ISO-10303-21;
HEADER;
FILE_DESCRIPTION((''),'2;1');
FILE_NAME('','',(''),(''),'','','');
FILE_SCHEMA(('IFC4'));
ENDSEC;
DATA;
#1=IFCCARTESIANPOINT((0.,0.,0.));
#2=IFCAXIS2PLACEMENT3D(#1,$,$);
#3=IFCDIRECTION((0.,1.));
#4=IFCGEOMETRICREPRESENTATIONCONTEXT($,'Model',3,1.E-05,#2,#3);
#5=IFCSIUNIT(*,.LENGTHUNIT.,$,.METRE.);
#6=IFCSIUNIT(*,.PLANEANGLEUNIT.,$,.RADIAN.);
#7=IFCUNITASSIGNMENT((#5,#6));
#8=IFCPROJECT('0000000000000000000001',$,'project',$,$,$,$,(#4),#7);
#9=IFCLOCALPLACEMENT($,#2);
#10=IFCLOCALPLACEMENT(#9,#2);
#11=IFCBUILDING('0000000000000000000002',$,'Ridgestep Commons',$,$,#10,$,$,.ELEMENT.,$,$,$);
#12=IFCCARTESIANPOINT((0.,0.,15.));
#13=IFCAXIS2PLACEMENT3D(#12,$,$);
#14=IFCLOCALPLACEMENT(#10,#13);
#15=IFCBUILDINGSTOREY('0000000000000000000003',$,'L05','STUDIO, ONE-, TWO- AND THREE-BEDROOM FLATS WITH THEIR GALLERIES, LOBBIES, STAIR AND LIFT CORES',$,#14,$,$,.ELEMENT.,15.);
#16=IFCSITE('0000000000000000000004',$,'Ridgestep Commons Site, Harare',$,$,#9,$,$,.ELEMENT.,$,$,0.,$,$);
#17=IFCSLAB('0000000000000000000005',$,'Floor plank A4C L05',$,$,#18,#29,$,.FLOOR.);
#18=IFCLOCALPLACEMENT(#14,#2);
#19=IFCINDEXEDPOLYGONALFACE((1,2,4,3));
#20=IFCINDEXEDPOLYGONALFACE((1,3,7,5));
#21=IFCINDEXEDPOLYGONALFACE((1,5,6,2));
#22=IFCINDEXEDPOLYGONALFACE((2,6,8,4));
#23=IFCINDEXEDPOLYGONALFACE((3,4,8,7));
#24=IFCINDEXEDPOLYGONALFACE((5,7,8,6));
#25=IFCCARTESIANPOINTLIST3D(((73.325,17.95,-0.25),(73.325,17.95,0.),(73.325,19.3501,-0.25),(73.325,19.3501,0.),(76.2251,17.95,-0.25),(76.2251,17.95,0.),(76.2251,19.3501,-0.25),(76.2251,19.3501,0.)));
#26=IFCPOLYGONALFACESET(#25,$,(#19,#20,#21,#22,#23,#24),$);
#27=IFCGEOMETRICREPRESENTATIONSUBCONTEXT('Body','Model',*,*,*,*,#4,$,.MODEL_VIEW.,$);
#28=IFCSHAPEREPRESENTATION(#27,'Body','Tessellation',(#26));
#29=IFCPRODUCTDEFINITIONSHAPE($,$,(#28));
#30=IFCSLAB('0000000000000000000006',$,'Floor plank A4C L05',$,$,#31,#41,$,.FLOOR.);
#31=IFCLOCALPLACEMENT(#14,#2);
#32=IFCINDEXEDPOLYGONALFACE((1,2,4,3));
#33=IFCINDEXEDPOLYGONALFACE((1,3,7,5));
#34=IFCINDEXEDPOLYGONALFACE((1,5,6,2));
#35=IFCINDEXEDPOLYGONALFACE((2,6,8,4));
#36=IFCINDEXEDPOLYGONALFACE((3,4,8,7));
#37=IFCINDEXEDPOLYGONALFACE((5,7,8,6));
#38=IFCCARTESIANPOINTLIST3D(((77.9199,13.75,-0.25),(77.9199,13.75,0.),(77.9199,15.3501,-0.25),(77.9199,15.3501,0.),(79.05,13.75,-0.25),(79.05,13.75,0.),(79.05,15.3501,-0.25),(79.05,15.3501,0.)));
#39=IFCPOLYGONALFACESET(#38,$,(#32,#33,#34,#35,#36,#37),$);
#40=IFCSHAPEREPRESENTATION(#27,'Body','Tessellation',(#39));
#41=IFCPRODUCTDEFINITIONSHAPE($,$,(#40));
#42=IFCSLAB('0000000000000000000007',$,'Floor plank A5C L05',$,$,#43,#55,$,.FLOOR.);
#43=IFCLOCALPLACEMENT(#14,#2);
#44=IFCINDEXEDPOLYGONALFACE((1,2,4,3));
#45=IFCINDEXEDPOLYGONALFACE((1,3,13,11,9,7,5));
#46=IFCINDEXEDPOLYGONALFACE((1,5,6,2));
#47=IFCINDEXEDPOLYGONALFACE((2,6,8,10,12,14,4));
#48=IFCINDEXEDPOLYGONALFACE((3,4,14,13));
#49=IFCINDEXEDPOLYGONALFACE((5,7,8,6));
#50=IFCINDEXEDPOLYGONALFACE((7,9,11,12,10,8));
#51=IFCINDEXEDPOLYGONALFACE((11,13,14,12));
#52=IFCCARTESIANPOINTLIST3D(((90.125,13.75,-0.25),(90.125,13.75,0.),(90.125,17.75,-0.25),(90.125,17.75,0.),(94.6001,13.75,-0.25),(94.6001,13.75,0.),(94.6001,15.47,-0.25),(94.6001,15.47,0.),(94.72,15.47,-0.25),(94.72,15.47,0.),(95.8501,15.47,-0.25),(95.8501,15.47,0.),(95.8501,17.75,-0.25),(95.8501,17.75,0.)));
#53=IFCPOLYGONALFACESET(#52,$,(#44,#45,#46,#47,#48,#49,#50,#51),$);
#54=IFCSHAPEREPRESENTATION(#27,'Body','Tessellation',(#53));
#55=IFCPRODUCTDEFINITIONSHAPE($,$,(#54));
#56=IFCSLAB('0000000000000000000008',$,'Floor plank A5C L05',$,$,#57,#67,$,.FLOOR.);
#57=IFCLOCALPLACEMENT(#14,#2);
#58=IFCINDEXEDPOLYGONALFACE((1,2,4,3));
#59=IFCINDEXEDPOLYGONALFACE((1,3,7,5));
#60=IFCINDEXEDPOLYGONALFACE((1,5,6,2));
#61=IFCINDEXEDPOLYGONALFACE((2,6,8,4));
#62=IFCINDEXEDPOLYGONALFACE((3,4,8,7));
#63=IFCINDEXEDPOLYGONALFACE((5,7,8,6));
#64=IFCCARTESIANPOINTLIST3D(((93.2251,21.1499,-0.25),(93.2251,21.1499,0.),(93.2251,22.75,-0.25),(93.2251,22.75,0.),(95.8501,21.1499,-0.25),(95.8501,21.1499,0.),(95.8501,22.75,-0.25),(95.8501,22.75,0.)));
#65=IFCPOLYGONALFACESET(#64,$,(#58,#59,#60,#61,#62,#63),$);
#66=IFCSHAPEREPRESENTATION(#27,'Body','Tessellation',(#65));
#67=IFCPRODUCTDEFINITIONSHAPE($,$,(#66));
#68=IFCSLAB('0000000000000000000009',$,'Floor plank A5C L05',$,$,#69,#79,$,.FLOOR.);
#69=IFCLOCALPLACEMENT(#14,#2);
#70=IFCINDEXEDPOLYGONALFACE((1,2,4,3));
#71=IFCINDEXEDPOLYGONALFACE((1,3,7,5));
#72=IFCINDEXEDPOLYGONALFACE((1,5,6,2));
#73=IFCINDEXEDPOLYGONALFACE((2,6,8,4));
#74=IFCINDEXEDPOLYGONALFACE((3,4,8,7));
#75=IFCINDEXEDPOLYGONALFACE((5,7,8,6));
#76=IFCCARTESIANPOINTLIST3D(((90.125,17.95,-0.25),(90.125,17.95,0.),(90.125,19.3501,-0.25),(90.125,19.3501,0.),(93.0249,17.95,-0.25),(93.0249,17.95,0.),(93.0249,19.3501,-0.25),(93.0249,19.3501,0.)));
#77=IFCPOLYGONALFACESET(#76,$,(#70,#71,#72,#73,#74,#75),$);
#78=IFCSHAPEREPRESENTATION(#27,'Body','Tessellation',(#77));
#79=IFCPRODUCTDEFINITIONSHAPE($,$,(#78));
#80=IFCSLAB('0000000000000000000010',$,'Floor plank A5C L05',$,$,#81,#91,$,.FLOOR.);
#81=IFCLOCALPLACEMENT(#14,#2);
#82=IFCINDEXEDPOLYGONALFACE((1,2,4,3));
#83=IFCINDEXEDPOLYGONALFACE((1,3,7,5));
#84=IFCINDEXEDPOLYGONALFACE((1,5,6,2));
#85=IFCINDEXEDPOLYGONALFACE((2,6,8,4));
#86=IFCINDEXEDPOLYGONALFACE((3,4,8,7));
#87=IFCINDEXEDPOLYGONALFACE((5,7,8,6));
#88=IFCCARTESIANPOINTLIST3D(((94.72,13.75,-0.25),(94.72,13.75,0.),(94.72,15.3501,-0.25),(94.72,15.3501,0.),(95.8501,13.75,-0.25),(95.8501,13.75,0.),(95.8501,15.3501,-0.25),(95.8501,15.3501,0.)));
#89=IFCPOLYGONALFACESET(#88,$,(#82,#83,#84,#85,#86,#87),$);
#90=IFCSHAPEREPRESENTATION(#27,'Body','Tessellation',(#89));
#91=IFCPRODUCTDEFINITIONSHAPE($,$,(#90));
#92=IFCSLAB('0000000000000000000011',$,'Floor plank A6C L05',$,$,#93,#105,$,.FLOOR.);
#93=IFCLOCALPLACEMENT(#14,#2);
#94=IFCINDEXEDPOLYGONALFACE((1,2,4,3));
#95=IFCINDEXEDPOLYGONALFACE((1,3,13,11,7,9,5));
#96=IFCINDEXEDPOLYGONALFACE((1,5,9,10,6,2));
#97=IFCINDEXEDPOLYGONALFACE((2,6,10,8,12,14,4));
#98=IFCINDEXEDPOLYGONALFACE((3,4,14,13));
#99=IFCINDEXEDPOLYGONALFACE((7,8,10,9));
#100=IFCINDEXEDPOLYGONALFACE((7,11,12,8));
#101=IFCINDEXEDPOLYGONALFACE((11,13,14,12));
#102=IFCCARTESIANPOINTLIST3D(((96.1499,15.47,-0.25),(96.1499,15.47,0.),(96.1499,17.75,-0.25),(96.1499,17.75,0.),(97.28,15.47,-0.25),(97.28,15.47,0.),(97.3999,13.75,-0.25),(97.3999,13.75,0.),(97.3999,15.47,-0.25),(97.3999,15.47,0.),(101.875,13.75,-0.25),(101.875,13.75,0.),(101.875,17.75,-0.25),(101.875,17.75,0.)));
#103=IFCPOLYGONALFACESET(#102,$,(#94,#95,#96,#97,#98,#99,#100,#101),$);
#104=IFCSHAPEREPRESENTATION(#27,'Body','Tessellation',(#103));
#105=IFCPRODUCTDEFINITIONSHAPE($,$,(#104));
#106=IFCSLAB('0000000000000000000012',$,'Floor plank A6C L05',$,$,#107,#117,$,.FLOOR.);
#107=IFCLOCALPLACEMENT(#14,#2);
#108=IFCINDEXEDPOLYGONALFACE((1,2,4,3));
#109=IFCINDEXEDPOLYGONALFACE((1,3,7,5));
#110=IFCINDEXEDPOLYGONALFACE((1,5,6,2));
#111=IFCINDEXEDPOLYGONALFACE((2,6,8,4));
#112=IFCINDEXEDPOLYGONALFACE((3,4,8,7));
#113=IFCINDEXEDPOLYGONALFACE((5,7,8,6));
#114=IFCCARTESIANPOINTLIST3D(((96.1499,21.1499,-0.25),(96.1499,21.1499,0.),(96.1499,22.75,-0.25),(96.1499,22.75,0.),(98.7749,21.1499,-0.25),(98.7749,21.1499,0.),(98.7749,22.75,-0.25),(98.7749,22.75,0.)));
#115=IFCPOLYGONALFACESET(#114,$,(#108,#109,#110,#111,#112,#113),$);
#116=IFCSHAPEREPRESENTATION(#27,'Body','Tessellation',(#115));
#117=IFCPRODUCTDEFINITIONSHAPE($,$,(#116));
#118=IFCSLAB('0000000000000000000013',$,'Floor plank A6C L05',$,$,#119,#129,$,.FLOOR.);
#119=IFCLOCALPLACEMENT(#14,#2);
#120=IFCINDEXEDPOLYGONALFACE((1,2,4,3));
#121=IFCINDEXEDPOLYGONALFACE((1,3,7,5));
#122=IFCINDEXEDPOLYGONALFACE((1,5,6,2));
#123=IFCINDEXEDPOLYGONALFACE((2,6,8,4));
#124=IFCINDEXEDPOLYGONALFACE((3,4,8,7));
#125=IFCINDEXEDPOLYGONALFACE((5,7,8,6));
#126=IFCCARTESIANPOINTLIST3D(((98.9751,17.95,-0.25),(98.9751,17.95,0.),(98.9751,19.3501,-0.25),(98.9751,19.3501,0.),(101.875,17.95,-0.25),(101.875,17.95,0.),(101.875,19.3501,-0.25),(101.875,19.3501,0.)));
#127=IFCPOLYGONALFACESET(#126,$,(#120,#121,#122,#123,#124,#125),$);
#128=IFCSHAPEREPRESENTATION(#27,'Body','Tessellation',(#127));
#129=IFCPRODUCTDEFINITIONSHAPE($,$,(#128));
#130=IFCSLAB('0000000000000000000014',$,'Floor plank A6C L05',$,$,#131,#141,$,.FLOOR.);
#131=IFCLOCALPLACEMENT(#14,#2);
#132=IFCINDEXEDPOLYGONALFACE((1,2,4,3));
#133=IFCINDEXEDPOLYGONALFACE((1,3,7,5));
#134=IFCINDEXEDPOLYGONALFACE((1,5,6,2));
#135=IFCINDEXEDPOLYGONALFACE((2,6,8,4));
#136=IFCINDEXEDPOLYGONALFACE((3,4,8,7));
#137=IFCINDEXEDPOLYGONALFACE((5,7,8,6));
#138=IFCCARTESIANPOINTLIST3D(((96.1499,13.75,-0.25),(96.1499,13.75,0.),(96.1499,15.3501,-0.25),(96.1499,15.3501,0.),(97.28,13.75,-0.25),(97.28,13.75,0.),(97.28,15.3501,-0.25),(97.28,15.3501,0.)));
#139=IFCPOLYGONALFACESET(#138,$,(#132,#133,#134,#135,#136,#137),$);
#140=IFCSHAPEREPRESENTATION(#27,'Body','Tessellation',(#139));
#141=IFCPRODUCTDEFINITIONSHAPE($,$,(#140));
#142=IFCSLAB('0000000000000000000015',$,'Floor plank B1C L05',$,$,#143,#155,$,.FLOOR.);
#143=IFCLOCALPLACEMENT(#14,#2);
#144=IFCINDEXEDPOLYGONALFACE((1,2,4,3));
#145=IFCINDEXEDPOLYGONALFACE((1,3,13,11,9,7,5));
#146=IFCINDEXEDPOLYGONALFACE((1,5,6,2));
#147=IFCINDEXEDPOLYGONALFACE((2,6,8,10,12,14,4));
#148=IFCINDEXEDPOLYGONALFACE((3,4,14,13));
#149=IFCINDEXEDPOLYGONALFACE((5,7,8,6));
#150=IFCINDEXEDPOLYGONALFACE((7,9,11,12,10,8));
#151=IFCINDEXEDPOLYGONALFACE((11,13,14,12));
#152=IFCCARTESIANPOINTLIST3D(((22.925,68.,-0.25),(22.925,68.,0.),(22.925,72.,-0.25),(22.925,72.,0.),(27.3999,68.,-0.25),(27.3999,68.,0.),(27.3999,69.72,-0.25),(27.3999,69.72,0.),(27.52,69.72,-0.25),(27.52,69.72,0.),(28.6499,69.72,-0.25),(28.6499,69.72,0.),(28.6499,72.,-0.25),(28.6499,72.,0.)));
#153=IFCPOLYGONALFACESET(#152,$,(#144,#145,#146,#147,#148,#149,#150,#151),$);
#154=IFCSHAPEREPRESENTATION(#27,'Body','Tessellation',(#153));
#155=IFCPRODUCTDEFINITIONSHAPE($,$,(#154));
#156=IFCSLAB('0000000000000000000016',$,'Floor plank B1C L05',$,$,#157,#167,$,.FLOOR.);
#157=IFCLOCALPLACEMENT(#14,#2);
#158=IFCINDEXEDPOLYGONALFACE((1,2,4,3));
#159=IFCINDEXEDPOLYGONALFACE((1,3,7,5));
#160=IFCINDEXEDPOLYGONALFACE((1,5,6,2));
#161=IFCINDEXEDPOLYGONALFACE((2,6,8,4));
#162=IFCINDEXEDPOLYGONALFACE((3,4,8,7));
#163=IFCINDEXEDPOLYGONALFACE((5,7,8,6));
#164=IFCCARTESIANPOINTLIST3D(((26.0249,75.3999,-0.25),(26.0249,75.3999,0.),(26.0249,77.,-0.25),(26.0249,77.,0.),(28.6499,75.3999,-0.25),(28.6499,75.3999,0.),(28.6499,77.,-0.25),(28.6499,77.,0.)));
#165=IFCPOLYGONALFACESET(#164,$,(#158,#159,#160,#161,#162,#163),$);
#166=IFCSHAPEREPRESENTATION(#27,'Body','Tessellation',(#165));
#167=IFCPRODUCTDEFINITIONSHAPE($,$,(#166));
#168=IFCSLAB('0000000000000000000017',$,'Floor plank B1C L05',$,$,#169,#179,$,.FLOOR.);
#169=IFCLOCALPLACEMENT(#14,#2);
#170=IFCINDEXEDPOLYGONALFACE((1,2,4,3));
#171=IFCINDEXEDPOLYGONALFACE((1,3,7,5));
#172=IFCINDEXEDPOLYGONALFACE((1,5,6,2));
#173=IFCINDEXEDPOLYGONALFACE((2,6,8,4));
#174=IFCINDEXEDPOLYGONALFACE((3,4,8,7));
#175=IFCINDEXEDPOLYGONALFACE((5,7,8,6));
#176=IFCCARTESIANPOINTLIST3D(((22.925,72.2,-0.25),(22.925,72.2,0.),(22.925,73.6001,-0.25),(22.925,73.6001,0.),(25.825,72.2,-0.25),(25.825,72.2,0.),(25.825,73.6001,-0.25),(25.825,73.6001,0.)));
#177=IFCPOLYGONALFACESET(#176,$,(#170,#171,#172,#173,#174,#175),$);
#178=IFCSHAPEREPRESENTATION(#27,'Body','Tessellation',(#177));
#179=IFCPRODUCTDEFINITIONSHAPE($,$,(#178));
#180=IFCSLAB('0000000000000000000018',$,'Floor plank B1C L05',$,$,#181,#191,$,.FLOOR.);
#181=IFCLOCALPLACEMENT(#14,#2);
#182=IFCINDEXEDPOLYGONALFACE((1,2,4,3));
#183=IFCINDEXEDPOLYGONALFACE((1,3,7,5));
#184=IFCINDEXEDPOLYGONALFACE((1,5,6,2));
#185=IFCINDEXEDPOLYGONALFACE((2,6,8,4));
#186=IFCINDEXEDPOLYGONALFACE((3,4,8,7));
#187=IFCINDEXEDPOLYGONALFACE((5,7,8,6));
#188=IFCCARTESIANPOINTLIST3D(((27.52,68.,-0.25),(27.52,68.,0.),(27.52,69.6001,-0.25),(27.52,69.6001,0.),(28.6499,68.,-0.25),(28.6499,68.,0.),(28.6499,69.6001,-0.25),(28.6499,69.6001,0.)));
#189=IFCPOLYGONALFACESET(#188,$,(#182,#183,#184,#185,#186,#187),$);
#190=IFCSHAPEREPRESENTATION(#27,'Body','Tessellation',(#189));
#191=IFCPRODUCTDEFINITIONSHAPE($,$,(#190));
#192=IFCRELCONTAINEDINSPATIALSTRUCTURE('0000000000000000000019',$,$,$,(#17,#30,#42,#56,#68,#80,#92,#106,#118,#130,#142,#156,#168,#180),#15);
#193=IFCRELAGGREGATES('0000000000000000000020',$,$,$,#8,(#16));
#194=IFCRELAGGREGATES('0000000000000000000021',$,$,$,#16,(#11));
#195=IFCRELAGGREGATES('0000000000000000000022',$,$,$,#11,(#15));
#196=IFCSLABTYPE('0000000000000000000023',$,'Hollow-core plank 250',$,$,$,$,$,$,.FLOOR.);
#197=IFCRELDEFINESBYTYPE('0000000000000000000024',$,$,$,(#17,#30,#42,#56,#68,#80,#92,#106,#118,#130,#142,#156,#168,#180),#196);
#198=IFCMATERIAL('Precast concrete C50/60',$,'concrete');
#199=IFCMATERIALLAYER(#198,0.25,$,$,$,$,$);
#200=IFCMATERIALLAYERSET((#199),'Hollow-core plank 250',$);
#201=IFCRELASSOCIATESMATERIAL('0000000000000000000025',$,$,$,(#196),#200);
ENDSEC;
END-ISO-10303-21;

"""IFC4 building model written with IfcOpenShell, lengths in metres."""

from ifc_helpers import new_model, si_unit, direction, frame, origin, place, context, subcontext, project, spatial, polyline, outline, extrude, material, layer, layer_set, type_object, element, save


model = new_model("IFC4")

# Units and contexts
model_context = context("Model", 3, precision=1e-05, world=origin(), true_north=direction((0.0, 1.0)))
body_context = subcontext(model_context, "Body", "Model", "MODEL_VIEW")
ifc_project = project(units=[si_unit("LENGTHUNIT", "METRE"), si_unit("PLANEANGLEUNIT", "RADIAN")], contexts=[model_context])

# Site, building, storey
site_placement = place(None, origin())
site = spatial("IfcSite", under=ifc_project, at=site_placement, Name="Ridgestep Commons Site, Harare", CompositionType="ELEMENT", RefElevation=0.0)
building_placement = place(site_placement, origin())
building = spatial("IfcBuilding", under=site, at=building_placement, Name="Ridgestep Commons", CompositionType="ELEMENT")
storey_placement = place(building_placement, frame((0.0, 0.0, 15.0)))
storey = spatial("IfcBuildingStorey", under=building, at=storey_placement, Name="L05", Description="STUDIO, ONE-, TWO- AND THREE-BEDROOM FLATS WITH THEIR GALLERIES, LOBBIES, STAIR AND LIFT CORES", CompositionType="ELEMENT", Elevation=15.0)

# Slabs
ifc_material = material(Name="Precast concrete C50/60", Category="concrete")
ifc_layer = layer(ifc_material, 0.25)
ifc_layer_set = layer_set([ifc_layer], Name="Hollow-core plank 250")
slab_type = type_object("IfcSlabType", Name="Hollow-core plank 250", PredefinedType="FLOOR", material=ifc_layer_set)
slab_1_placement = place(storey_placement, frame((0.0, 0.0, -0.25)))
element("IfcSlab", 1, at=slab_1_placement, inside=storey, type_object=slab_type, Name="Floor plank A4C L05", PredefinedType="FLOOR", context=body_context, shape_type="SweptSolid", body=[
    extrude(outline(polyline([(76.2251, 17.95), (76.2251, 19.3501), (73.325, 19.3501), (73.325, 17.95), (76.2251, 17.95)])), origin(), (0.0, 0.0, 1.0), 0.25),
])
slab_2_placement = place(storey_placement, frame((0.0, 0.0, -0.25)))
element("IfcSlab", 2, at=slab_2_placement, inside=storey, type_object=slab_type, Name="Floor plank A4C L05", PredefinedType="FLOOR", context=body_context, shape_type="SweptSolid", body=[
    extrude(outline(polyline([(77.9199, 13.75), (79.05, 13.75), (79.05, 15.3501), (77.9199, 15.3501), (77.9199, 13.75)])), origin(), (0.0, 0.0, 1.0), 0.25),
])
slab_3_placement = place(storey_placement, frame((0.0, 0.0, -0.25)))
element("IfcSlab", 3, at=slab_3_placement, inside=storey, type_object=slab_type, Name="Floor plank A5C L05", PredefinedType="FLOOR", context=body_context, shape_type="SweptSolid", body=[
    extrude(outline(polyline([(94.72, 15.47), (95.8501, 15.47), (95.8501, 17.75), (90.125, 17.75), (90.125, 13.75), (94.6001, 13.75), (94.6001, 15.47), (94.72, 15.47)])), origin(), (0.0, 0.0, 1.0), 0.25),
])
slab_4_placement = place(storey_placement, frame((0.0, 0.0, -0.25)))
element("IfcSlab", 4, at=slab_4_placement, inside=storey, type_object=slab_type, Name="Floor plank A5C L05", PredefinedType="FLOOR", context=body_context, shape_type="SweptSolid", body=[
    extrude(outline(polyline([(95.8501, 21.1499), (95.8501, 22.75), (93.2251, 22.75), (93.2251, 21.1499), (95.8501, 21.1499)])), origin(), (0.0, 0.0, 1.0), 0.25),
])
slab_5_placement = place(storey_placement, frame((0.0, 0.0, -0.25)))
element("IfcSlab", 5, at=slab_5_placement, inside=storey, type_object=slab_type, Name="Floor plank A5C L05", PredefinedType="FLOOR", context=body_context, shape_type="SweptSolid", body=[
    extrude(outline(polyline([(93.0249, 17.95), (93.0249, 19.3501), (90.125, 19.3501), (90.125, 17.95), (93.0249, 17.95)])), origin(), (0.0, 0.0, 1.0), 0.25),
])
slab_6_placement = place(storey_placement, frame((0.0, 0.0, -0.25)))
element("IfcSlab", 6, at=slab_6_placement, inside=storey, type_object=slab_type, Name="Floor plank A5C L05", PredefinedType="FLOOR", context=body_context, shape_type="SweptSolid", body=[
    extrude(outline(polyline([(94.72, 13.75), (95.8501, 13.75), (95.8501, 15.3501), (94.72, 15.3501), (94.72, 13.75)])), origin(), (0.0, 0.0, 1.0), 0.25),
])
slab_7_placement = place(storey_placement, frame((0.0, 0.0, -0.25)))
element("IfcSlab", 7, at=slab_7_placement, inside=storey, type_object=slab_type, Name="Floor plank A6C L05", PredefinedType="FLOOR", context=body_context, shape_type="SweptSolid", body=[
    extrude(outline(polyline([(97.3999, 13.75), (101.875, 13.75), (101.875, 17.75), (96.1499, 17.75), (96.1499, 15.47), (97.28, 15.47), (97.3999, 15.47), (97.3999, 13.75)])), origin(), (0.0, 0.0, 1.0), 0.25),
])
slab_8_placement = place(storey_placement, frame((0.0, 0.0, -0.25)))
element("IfcSlab", 8, at=slab_8_placement, inside=storey, type_object=slab_type, Name="Floor plank A6C L05", PredefinedType="FLOOR", context=body_context, shape_type="SweptSolid", body=[
    extrude(outline(polyline([(98.7749, 22.75), (96.1499, 22.75), (96.1499, 21.1499), (98.7749, 21.1499), (98.7749, 22.75)])), origin(), (0.0, 0.0, 1.0), 0.25),
])
slab_9_placement = place(storey_placement, frame((0.0, 0.0, -0.25)))
element("IfcSlab", 9, at=slab_9_placement, inside=storey, type_object=slab_type, Name="Floor plank A6C L05", PredefinedType="FLOOR", context=body_context, shape_type="SweptSolid", body=[
    extrude(outline(polyline([(101.875, 17.95), (101.875, 19.3501), (98.9751, 19.3501), (98.9751, 17.95), (101.875, 17.95)])), origin(), (0.0, 0.0, 1.0), 0.25),
])
slab_10_placement = place(storey_placement, frame((0.0, 0.0, -0.25)))
element("IfcSlab", 10, at=slab_10_placement, inside=storey, type_object=slab_type, Name="Floor plank A6C L05", PredefinedType="FLOOR", context=body_context, shape_type="SweptSolid", body=[
    extrude(outline(polyline([(97.28, 15.3501), (96.1499, 15.3501), (96.1499, 13.75), (97.28, 13.75), (97.28, 15.3501)])), origin(), (0.0, 0.0, 1.0), 0.25),
])
slab_11_placement = place(storey_placement, frame((0.0, 0.0, -0.25)))
element("IfcSlab", 11, at=slab_11_placement, inside=storey, type_object=slab_type, Name="Floor plank B1C L05", PredefinedType="FLOOR", context=body_context, shape_type="SweptSolid", body=[
    extrude(outline(polyline([(27.52, 69.72), (28.6499, 69.72), (28.6499, 72.0), (22.925, 72.0), (22.925, 68.0), (27.3999, 68.0), (27.3999, 69.72), (27.52, 69.72)])), origin(), (0.0, 0.0, 1.0), 0.25),
])
slab_12_placement = place(storey_placement, frame((0.0, 0.0, -0.25)))
element("IfcSlab", 12, at=slab_12_placement, inside=storey, type_object=slab_type, Name="Floor plank B1C L05", PredefinedType="FLOOR", context=body_context, shape_type="SweptSolid", body=[
    extrude(outline(polyline([(28.6499, 75.3999), (28.6499, 77.0), (26.0249, 77.0), (26.0249, 75.3999), (28.6499, 75.3999)])), origin(), (0.0, 0.0, 1.0), 0.25),
])
slab_13_placement = place(storey_placement, frame((0.0, 0.0, -0.25)))
element("IfcSlab", 13, at=slab_13_placement, inside=storey, type_object=slab_type, Name="Floor plank B1C L05", PredefinedType="FLOOR", context=body_context, shape_type="SweptSolid", body=[
    extrude(outline(polyline([(25.825, 72.2), (25.825, 73.6001), (22.925, 73.6001), (22.925, 72.2), (25.825, 72.2)])), origin(), (0.0, 0.0, 1.0), 0.25),
])
slab_14_placement = place(storey_placement, frame((0.0, 0.0, -0.25)))
element("IfcSlab", 14, at=slab_14_placement, inside=storey, type_object=slab_type, Name="Floor plank B1C L05", PredefinedType="FLOOR", context=body_context, shape_type="SweptSolid", body=[
    extrude(outline(polyline([(27.52, 68.0), (28.6499, 68.0), (28.6499, 69.6001), (27.52, 69.6001), (27.52, 68.0)])), origin(), (0.0, 0.0, 1.0), 0.25),
])

save(model, "model.ifc")
